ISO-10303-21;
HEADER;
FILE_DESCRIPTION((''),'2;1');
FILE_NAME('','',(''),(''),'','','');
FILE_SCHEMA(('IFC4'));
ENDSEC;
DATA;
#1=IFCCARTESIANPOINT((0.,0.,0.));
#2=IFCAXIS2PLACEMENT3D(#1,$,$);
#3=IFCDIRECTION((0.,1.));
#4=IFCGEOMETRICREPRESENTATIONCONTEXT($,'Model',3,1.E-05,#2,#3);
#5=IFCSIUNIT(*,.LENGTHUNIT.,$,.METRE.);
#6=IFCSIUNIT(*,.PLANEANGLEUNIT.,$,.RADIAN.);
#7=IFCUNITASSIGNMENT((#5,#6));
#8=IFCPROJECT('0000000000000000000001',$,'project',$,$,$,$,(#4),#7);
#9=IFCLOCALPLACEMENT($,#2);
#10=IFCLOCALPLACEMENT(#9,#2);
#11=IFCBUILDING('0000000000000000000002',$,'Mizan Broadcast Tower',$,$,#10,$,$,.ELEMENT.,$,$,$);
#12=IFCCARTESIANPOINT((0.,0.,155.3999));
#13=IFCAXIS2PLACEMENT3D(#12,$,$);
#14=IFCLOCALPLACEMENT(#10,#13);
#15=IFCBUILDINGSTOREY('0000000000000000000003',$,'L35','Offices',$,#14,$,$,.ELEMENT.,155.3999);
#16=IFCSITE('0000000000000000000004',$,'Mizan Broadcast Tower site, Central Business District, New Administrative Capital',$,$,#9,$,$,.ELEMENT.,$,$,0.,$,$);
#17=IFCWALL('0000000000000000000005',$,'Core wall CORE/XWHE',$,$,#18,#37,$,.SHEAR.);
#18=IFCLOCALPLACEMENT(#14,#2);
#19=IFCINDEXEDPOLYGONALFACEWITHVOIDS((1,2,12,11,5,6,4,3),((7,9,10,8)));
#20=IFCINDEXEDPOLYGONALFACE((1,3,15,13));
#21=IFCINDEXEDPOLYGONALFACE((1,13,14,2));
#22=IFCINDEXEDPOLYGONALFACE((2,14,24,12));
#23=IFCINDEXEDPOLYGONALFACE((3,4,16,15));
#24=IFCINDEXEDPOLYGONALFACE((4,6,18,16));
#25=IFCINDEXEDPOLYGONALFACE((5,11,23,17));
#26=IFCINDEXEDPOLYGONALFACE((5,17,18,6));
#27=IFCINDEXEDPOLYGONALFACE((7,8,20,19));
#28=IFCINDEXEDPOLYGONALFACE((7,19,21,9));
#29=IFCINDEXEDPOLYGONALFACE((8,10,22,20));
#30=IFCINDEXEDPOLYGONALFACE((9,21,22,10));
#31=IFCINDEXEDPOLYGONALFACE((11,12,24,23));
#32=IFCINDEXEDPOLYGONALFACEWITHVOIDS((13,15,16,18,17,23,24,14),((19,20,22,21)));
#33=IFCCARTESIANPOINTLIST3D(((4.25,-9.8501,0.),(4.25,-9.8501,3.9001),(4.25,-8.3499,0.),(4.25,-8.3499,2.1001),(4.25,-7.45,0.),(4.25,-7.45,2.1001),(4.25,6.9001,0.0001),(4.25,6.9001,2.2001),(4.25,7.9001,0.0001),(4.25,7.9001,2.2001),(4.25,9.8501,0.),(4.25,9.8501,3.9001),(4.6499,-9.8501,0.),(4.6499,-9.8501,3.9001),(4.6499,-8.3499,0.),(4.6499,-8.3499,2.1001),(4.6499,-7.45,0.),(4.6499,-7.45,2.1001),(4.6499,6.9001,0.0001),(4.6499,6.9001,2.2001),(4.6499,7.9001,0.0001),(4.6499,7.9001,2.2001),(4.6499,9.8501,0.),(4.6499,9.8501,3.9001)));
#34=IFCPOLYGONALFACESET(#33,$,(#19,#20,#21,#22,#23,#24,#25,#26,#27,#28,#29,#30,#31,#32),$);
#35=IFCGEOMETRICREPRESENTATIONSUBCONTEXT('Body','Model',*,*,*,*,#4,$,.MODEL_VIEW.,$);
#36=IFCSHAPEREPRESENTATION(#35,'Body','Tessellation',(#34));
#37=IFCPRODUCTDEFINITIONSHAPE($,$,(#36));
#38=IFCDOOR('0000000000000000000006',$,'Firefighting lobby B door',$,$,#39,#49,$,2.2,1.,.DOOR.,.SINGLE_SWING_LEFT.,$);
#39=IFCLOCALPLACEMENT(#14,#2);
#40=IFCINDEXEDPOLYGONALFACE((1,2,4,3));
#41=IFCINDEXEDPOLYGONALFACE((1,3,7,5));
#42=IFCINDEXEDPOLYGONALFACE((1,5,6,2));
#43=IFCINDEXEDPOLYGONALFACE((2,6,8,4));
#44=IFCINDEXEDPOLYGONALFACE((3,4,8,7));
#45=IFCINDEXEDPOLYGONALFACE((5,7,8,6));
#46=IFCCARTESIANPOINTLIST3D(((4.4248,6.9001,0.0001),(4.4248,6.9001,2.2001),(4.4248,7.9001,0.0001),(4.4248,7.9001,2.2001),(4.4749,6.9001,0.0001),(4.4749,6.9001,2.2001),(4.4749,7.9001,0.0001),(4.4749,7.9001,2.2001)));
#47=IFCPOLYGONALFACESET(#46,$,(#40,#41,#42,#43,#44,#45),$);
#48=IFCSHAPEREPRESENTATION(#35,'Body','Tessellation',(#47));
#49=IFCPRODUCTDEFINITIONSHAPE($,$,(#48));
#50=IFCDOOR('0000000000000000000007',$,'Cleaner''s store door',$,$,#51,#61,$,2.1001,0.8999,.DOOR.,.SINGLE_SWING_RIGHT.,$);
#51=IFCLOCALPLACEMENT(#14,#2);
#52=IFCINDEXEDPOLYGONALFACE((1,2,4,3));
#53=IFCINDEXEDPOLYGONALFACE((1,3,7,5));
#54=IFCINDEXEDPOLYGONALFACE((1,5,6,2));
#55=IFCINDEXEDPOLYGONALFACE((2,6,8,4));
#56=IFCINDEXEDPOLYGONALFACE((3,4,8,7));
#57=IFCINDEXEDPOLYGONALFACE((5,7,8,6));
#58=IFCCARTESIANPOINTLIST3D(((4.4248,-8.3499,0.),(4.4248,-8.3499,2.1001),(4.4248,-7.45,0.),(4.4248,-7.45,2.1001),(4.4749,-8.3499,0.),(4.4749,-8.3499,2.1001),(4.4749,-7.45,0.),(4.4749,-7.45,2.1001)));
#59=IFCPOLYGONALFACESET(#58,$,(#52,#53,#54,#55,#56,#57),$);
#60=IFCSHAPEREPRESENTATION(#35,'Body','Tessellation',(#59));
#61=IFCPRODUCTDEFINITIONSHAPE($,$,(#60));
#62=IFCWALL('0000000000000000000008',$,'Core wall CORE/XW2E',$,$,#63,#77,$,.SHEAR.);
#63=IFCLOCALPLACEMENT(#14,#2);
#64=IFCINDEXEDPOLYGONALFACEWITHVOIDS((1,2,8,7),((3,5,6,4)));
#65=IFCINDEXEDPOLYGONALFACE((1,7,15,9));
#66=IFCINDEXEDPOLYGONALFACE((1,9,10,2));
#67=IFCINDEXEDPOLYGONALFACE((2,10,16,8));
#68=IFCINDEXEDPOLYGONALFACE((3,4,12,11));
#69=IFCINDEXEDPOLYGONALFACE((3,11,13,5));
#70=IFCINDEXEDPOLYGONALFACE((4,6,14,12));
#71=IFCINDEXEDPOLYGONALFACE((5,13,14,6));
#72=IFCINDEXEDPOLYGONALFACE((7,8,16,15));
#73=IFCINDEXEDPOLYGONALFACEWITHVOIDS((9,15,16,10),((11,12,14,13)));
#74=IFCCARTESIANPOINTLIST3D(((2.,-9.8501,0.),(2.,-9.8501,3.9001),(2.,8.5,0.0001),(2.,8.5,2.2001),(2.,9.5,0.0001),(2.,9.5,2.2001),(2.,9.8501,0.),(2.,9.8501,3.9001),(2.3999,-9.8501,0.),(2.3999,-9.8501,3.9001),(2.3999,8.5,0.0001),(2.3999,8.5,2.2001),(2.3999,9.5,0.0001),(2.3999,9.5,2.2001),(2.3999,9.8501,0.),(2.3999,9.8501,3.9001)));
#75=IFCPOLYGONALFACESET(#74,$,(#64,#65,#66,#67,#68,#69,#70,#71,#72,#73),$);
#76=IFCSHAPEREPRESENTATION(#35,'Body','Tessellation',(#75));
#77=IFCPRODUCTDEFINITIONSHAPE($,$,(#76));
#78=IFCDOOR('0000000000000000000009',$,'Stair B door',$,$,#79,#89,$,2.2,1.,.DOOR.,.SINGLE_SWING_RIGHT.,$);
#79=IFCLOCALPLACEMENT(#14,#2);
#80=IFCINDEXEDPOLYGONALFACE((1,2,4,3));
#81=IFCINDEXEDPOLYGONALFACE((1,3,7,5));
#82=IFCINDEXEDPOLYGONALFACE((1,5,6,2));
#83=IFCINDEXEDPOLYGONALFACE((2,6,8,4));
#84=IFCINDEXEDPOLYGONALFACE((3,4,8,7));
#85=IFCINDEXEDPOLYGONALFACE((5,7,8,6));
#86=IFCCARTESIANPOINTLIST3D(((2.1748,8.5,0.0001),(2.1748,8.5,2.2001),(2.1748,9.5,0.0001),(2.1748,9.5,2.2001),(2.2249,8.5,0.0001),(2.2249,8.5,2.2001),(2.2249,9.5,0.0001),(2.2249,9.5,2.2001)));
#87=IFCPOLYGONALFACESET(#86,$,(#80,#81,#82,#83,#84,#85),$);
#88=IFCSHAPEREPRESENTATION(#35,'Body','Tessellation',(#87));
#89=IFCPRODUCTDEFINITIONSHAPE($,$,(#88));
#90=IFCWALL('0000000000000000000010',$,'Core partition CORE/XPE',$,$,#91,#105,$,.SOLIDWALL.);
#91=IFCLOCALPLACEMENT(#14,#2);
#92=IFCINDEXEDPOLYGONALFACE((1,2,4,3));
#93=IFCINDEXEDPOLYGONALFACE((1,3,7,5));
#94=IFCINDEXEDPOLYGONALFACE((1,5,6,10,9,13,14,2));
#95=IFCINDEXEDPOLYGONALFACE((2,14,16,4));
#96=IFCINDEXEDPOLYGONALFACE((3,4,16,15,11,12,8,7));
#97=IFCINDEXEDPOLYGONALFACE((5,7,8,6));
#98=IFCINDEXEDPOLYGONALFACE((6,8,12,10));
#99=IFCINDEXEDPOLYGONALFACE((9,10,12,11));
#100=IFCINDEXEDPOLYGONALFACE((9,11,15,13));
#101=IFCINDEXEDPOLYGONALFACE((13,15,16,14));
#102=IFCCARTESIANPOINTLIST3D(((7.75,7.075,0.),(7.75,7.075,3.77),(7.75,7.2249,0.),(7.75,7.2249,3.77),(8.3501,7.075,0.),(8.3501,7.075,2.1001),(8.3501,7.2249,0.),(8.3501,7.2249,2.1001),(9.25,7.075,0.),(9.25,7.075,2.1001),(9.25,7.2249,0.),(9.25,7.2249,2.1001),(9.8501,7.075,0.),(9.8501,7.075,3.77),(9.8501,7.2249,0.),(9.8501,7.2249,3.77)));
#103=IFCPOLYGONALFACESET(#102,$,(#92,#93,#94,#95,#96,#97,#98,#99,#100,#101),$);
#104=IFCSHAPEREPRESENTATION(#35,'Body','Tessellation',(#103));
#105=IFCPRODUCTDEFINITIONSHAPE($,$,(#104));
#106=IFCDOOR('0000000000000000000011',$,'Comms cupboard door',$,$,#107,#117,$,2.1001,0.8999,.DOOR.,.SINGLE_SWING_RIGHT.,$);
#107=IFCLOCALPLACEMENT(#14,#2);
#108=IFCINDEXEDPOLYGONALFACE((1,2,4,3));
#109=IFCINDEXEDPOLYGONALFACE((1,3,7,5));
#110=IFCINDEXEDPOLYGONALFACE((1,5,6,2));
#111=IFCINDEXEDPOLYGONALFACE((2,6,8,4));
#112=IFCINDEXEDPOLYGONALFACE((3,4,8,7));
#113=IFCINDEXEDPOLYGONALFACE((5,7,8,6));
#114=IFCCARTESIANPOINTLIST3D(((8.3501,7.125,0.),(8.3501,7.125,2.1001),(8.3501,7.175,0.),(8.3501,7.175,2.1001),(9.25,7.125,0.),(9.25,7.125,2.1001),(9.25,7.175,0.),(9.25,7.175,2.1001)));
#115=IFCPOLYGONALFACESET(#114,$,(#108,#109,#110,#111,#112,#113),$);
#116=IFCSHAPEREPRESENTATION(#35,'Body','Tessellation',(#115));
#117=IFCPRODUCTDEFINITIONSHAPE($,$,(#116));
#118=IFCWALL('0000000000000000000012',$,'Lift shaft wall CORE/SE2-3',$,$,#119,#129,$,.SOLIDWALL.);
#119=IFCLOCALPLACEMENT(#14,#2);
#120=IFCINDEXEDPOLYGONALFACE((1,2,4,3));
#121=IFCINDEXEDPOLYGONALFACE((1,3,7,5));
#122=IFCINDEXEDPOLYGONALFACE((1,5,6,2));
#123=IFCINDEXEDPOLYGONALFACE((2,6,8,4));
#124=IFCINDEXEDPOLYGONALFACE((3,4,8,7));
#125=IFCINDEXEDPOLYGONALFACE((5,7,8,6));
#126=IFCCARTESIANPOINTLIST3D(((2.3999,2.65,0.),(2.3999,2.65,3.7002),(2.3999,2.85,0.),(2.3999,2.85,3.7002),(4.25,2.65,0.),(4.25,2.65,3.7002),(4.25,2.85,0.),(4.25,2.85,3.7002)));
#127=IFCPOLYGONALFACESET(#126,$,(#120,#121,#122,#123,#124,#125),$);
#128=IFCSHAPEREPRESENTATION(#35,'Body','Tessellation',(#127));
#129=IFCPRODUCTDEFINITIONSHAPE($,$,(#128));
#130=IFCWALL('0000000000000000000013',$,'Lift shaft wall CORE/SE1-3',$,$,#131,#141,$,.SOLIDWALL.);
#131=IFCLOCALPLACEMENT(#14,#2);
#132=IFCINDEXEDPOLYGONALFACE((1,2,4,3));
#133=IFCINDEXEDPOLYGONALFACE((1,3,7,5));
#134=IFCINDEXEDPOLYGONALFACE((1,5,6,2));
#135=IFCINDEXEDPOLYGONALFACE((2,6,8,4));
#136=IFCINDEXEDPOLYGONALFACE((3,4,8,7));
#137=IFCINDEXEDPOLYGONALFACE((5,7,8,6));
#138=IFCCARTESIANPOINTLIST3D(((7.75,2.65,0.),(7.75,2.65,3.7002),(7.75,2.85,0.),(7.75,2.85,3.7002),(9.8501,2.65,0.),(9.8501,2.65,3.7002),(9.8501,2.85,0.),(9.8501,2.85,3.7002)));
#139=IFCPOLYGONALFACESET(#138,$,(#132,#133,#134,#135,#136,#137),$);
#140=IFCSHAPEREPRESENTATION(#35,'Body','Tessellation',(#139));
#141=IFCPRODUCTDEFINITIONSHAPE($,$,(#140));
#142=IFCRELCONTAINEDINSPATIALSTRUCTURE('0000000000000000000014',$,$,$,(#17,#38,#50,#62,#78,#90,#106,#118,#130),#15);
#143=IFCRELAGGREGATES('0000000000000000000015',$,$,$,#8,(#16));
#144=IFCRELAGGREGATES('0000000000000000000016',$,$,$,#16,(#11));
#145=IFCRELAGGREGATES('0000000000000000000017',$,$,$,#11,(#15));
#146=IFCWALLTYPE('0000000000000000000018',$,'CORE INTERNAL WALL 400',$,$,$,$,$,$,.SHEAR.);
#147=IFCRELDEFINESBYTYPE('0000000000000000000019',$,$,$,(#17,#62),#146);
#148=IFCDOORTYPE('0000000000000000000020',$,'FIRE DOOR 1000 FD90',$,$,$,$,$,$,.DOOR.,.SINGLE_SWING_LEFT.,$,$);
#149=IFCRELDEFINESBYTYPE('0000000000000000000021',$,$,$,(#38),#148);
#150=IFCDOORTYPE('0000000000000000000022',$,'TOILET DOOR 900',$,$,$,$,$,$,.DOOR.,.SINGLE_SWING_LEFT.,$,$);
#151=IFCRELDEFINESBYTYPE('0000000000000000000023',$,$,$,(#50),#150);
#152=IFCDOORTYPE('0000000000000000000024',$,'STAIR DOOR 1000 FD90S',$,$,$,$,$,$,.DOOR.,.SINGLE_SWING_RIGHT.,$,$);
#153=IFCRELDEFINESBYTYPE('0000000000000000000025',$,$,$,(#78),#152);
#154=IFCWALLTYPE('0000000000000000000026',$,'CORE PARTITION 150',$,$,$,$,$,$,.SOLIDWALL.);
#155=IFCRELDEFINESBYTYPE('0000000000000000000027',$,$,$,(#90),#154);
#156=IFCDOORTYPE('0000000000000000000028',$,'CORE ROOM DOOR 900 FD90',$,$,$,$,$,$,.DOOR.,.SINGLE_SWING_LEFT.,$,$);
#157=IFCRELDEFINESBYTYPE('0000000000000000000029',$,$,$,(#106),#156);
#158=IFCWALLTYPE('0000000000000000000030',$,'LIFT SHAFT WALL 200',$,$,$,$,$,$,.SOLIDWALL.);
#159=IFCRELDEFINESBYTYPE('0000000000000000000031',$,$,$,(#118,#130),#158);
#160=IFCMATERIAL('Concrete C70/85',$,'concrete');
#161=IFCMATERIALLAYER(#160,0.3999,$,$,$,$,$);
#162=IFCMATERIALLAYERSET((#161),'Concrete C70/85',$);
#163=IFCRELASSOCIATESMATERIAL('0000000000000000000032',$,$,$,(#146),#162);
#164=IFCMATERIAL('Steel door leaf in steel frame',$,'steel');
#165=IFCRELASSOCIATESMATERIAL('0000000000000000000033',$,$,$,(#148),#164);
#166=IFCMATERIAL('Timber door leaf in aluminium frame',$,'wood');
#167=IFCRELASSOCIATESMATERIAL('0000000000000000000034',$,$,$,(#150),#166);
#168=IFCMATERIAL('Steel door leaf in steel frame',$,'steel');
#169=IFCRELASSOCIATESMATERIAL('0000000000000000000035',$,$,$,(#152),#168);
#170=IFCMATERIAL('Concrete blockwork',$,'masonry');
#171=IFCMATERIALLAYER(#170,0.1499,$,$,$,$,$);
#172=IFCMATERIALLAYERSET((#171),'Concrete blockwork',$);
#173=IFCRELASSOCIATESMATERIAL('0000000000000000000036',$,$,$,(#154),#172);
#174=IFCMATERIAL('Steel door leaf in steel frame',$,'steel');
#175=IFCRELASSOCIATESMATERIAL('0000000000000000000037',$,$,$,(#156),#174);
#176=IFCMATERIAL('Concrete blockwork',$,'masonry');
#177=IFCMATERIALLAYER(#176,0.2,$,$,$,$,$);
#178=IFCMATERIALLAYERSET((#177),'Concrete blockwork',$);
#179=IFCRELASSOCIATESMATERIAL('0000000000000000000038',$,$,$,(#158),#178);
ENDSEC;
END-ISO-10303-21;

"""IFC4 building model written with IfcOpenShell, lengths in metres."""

from ifc_helpers import new_model, si_unit, direction, frame, frame_2d, origin, place, context, subcontext, project, spatial, rectangle, extrude, material, layer, layer_set, type_object, element, fill, save


model = new_model("IFC4")

# Units and contexts
model_context = context("Model", 3, precision=1e-05, world=origin(), true_north=direction((0.0, 1.0)))
body_context = subcontext(model_context, "Body", "Model", "MODEL_VIEW")
ifc_project = project(units=[si_unit("LENGTHUNIT", "METRE"), si_unit("PLANEANGLEUNIT", "RADIAN")], contexts=[model_context])

# Site, building, storey
site_placement = place(None, origin())
site = spatial("IfcSite", under=ifc_project, at=site_placement, Name="Mizan Broadcast Tower site, Central Business District, New Administrative Capital", CompositionType="ELEMENT", RefElevation=0.0)
building_placement = place(site_placement, origin())
building = spatial("IfcBuilding", under=site, at=building_placement, Name="Mizan Broadcast Tower", CompositionType="ELEMENT")
storey_placement = place(building_placement, frame((0.0, 0.0, 155.3999)))
storey = spatial("IfcBuildingStorey", under=building, at=storey_placement, Name="L35", Description="Offices", CompositionType="ELEMENT", Elevation=155.3999)

# Wall, openings, doors
ifc_material_1 = material(Name="Concrete C70/85", Category="concrete")
ifc_layer_1 = layer(ifc_material_1, 0.3999)
ifc_layer_set_1 = layer_set([ifc_layer_1], Name="Concrete C70/85")
wall_type_1 = type_object("IfcWallType", Name="CORE INTERNAL WALL 400", PredefinedType="SHEAR", material=ifc_layer_set_1)
ifc_material_2 = material(Name="Steel door leaf in steel frame", Category="steel")
door_type_1 = type_object("IfcDoorType", Name="FIRE DOOR 1000 FD90", OperationType="SINGLE_SWING_LEFT", PredefinedType="DOOR", material=ifc_material_2)
ifc_material_3 = material(Name="Timber door leaf in aluminium frame", Category="wood")
door_type_2 = type_object("IfcDoorType", Name="TOILET DOOR 900", OperationType="SINGLE_SWING_LEFT", PredefinedType="DOOR", material=ifc_material_3)
wall_1_placement = place(storey_placement, frame((4.45, 9.8501, 0.0), z_axis=(0.0, 0.0, 1.0), x_axis=(0.0, -1.0, 0.0)))
wall_1 = element("IfcWall", 1, at=wall_1_placement, inside=storey, type_object=wall_type_1, Name="Core wall CORE/XWHE", PredefinedType="SHEAR", context=body_context, shape_type="SweptSolid", body=[
    extrude(rectangle(XDim=19.7002, YDim=0.3999, at=frame_2d((9.8501, 0.0))), origin(), (0.0, 0.0, 1.0), 3.9001),
])
opening_1_placement = place(wall_1_placement, frame((1.95, 0.0, 0.0)))
opening_1 = element("IfcOpeningElement", 2, at=opening_1_placement, cuts=wall_1, PredefinedType="OPENING", context=body_context, shape_type="SweptSolid", body=[
    extrude(rectangle(XDim=1.0, YDim=2.2, at=frame_2d((0.5, 1.1001))), frame((0.0, 0.21, 0.0), z_axis=(0.0, -1.0, 0.0), x_axis=(1.0, 0.0, 0.0)), (0.0, 0.0, 1.0), 0.4199),
])
opening_2_placement = place(wall_1_placement, frame((17.3, 0.0, 0.0)))
opening_2 = element("IfcOpeningElement", 3, at=opening_2_placement, cuts=wall_1, PredefinedType="OPENING", context=body_context, shape_type="SweptSolid", body=[
    extrude(rectangle(XDim=0.8999, YDim=2.1001, at=frame_2d((0.45, 1.05))), frame((0.0, 0.21, 0.0), z_axis=(0.0, -1.0, 0.0), x_axis=(1.0, 0.0, 0.0)), (0.0, 0.0, 1.0), 0.4199),
])
door_1_placement = place(opening_1_placement, origin())
door_1 = element("IfcDoor", 4, at=door_1_placement, inside=storey, type_object=door_type_1, Name="Firefighting lobby B door", OperationType="SINGLE_SWING_LEFT", OverallHeight=2.2, OverallWidth=1.0, PredefinedType="DOOR", context=body_context, shape_type="SweptSolid", body=[
    extrude(rectangle(XDim=1.0, YDim=2.2, at=frame_2d((0.5, 1.1001))), frame((0.0, 0.0249, 0.0), z_axis=(0.0, -1.0, 0.0), x_axis=(1.0, 0.0, 0.0)), (0.0, 0.0, 1.0), 0.05),
])
fill(opening_1, door_1)
door_2_placement = place(opening_2_placement, origin())
door_2 = element("IfcDoor", 5, at=door_2_placement, inside=storey, type_object=door_type_2, Name="Cleaner's store door", OperationType="SINGLE_SWING_RIGHT", OverallHeight=2.1001, OverallWidth=0.8999, PredefinedType="DOOR", context=body_context, shape_type="SweptSolid", body=[
    extrude(rectangle(XDim=0.8999, YDim=2.1001, at=frame_2d((0.45, 1.05))), frame((0.0, 0.0249, 0.0), z_axis=(0.0, -1.0, 0.0), x_axis=(1.0, 0.0, 0.0)), (0.0, 0.0, 1.0), 0.05),
])
fill(opening_2, door_2)

# Walls, openings, doors
wall_2_placement = place(storey_placement, frame((2.2, 9.8501, 0.0), z_axis=(0.0, 0.0, 1.0), x_axis=(0.0, -1.0, 0.0)))
wall_2 = element("IfcWall", 6, at=wall_2_placement, inside=storey, type_object=wall_type_1, Name="Core wall CORE/XW2E", PredefinedType="SHEAR", context=body_context, shape_type="SweptSolid", body=[
    extrude(rectangle(XDim=19.7002, YDim=0.3999, at=frame_2d((9.8501, 0.0))), origin(), (0.0, 0.0, 1.0), 3.9001),
])
opening_3_placement = place(wall_2_placement, frame((0.3501, 0.0, 0.0)))
opening_3 = element("IfcOpeningElement", 7, at=opening_3_placement, cuts=wall_2, PredefinedType="OPENING", context=body_context, shape_type="SweptSolid", body=[
    extrude(rectangle(XDim=1.0, YDim=2.2, at=frame_2d((0.5, 1.1001))), frame((0.0, 0.21, 0.0), z_axis=(0.0, -1.0, 0.0), x_axis=(1.0, 0.0, 0.0)), (0.0, 0.0, 1.0), 0.4199),
])
ifc_material_4 = material(Name="Steel door leaf in steel frame", Category="steel")
door_type_3 = type_object("IfcDoorType", Name="STAIR DOOR 1000 FD90S", OperationType="SINGLE_SWING_RIGHT", PredefinedType="DOOR", material=ifc_material_4)
door_3_placement = place(opening_3_placement, origin())
door_3 = element("IfcDoor", 8, at=door_3_placement, inside=storey, type_object=door_type_3, Name="Stair B door", OperationType="SINGLE_SWING_RIGHT", OverallHeight=2.2, OverallWidth=1.0, PredefinedType="DOOR", context=body_context, shape_type="SweptSolid", body=[
    extrude(rectangle(XDim=1.0, YDim=2.2, at=frame_2d((0.5, 1.1001))), frame((0.0, 0.0249, 0.0), z_axis=(0.0, -1.0, 0.0), x_axis=(1.0, 0.0, 0.0)), (0.0, 0.0, 1.0), 0.05),
])
fill(opening_3, door_3)
ifc_material_5 = material(Name="Concrete blockwork", Category="masonry")
ifc_layer_2 = layer(ifc_material_5, 0.1499)
ifc_layer_set_2 = layer_set([ifc_layer_2], Name="Concrete blockwork")
wall_type_2 = type_object("IfcWallType", Name="CORE PARTITION 150", PredefinedType="SOLIDWALL", material=ifc_layer_set_2)
wall_3_placement = place(storey_placement, frame((9.8501, 7.1499, 0.0), z_axis=(0.0, 0.0, 1.0), x_axis=(-1.0, 0.0, 0.0)))
wall_3 = element("IfcWall", 9, at=wall_3_placement, inside=storey, type_object=wall_type_2, Name="Core partition CORE/XPE", PredefinedType="SOLIDWALL", context=body_context, shape_type="SweptSolid", body=[
    extrude(rectangle(XDim=2.1001, YDim=0.1499, at=frame_2d((1.05, 0.0))), origin(), (0.0, 0.0, 1.0), 3.77),
])
opening_4_placement = place(wall_3_placement, frame((0.6001, 0.0, 0.0)))
opening_4 = element("IfcOpeningElement", 10, at=opening_4_placement, cuts=wall_3, PredefinedType="OPENING", context=body_context, shape_type="SweptSolid", body=[
    extrude(rectangle(XDim=0.8999, YDim=2.1001, at=frame_2d((0.45, 1.05))), frame((0.0, 0.085, 0.0), z_axis=(0.0, -1.0, 0.0), x_axis=(1.0, 0.0, 0.0)), (0.0, 0.0, 1.0), 0.1699),
])
ifc_material_6 = material(Name="Steel door leaf in steel frame", Category="steel")
door_type_4 = type_object("IfcDoorType", Name="CORE ROOM DOOR 900 FD90", OperationType="SINGLE_SWING_LEFT", PredefinedType="DOOR", material=ifc_material_6)
door_4_placement = place(opening_4_placement, origin())
door_4 = element("IfcDoor", 11, at=door_4_placement, inside=storey, type_object=door_type_4, Name="Comms cupboard door", OperationType="SINGLE_SWING_RIGHT", OverallHeight=2.1001, OverallWidth=0.8999, PredefinedType="DOOR", context=body_context, shape_type="SweptSolid", body=[
    extrude(rectangle(XDim=0.8999, YDim=2.1001, at=frame_2d((0.45, 1.05))), frame((0.0, 0.0249, 0.0), z_axis=(0.0, -1.0, 0.0), x_axis=(1.0, 0.0, 0.0)), (0.0, 0.0, 1.0), 0.05),
])
fill(opening_4, door_4)

# Walls
ifc_material_7 = material(Name="Concrete blockwork", Category="masonry")
ifc_layer_3 = layer(ifc_material_7, 0.2)
ifc_layer_set_3 = layer_set([ifc_layer_3], Name="Concrete blockwork")
wall_type_3 = type_object("IfcWallType", Name="LIFT SHAFT WALL 200", PredefinedType="SOLIDWALL", material=ifc_layer_set_3)
wall_4_placement = place(storey_placement, frame((2.3999, 2.75, 0.0), z_axis=(0.0, 0.0, 1.0), x_axis=(1.0, 0.0, 0.0)))
element("IfcWall", 12, at=wall_4_placement, inside=storey, type_object=wall_type_3, Name="Lift shaft wall CORE/SE2-3", PredefinedType="SOLIDWALL", context=body_context, shape_type="SweptSolid", body=[
    extrude(rectangle(XDim=1.8501, YDim=0.2, at=frame_2d((0.925, 0.0))), origin(), (0.0, 0.0, 1.0), 3.7002),
])
wall_5_placement = place(storey_placement, frame((7.75, 2.75, 0.0), z_axis=(0.0, 0.0, 1.0), x_axis=(1.0, 0.0, 0.0)))
element("IfcWall", 13, at=wall_5_placement, inside=storey, type_object=wall_type_3, Name="Lift shaft wall CORE/SE1-3", PredefinedType="SOLIDWALL", context=body_context, shape_type="SweptSolid", body=[
    extrude(rectangle(XDim=2.1001, YDim=0.2, at=frame_2d((1.05, 0.0))), origin(), (0.0, 0.0, 1.0), 3.7002),
])

save(model, "model.ifc")
